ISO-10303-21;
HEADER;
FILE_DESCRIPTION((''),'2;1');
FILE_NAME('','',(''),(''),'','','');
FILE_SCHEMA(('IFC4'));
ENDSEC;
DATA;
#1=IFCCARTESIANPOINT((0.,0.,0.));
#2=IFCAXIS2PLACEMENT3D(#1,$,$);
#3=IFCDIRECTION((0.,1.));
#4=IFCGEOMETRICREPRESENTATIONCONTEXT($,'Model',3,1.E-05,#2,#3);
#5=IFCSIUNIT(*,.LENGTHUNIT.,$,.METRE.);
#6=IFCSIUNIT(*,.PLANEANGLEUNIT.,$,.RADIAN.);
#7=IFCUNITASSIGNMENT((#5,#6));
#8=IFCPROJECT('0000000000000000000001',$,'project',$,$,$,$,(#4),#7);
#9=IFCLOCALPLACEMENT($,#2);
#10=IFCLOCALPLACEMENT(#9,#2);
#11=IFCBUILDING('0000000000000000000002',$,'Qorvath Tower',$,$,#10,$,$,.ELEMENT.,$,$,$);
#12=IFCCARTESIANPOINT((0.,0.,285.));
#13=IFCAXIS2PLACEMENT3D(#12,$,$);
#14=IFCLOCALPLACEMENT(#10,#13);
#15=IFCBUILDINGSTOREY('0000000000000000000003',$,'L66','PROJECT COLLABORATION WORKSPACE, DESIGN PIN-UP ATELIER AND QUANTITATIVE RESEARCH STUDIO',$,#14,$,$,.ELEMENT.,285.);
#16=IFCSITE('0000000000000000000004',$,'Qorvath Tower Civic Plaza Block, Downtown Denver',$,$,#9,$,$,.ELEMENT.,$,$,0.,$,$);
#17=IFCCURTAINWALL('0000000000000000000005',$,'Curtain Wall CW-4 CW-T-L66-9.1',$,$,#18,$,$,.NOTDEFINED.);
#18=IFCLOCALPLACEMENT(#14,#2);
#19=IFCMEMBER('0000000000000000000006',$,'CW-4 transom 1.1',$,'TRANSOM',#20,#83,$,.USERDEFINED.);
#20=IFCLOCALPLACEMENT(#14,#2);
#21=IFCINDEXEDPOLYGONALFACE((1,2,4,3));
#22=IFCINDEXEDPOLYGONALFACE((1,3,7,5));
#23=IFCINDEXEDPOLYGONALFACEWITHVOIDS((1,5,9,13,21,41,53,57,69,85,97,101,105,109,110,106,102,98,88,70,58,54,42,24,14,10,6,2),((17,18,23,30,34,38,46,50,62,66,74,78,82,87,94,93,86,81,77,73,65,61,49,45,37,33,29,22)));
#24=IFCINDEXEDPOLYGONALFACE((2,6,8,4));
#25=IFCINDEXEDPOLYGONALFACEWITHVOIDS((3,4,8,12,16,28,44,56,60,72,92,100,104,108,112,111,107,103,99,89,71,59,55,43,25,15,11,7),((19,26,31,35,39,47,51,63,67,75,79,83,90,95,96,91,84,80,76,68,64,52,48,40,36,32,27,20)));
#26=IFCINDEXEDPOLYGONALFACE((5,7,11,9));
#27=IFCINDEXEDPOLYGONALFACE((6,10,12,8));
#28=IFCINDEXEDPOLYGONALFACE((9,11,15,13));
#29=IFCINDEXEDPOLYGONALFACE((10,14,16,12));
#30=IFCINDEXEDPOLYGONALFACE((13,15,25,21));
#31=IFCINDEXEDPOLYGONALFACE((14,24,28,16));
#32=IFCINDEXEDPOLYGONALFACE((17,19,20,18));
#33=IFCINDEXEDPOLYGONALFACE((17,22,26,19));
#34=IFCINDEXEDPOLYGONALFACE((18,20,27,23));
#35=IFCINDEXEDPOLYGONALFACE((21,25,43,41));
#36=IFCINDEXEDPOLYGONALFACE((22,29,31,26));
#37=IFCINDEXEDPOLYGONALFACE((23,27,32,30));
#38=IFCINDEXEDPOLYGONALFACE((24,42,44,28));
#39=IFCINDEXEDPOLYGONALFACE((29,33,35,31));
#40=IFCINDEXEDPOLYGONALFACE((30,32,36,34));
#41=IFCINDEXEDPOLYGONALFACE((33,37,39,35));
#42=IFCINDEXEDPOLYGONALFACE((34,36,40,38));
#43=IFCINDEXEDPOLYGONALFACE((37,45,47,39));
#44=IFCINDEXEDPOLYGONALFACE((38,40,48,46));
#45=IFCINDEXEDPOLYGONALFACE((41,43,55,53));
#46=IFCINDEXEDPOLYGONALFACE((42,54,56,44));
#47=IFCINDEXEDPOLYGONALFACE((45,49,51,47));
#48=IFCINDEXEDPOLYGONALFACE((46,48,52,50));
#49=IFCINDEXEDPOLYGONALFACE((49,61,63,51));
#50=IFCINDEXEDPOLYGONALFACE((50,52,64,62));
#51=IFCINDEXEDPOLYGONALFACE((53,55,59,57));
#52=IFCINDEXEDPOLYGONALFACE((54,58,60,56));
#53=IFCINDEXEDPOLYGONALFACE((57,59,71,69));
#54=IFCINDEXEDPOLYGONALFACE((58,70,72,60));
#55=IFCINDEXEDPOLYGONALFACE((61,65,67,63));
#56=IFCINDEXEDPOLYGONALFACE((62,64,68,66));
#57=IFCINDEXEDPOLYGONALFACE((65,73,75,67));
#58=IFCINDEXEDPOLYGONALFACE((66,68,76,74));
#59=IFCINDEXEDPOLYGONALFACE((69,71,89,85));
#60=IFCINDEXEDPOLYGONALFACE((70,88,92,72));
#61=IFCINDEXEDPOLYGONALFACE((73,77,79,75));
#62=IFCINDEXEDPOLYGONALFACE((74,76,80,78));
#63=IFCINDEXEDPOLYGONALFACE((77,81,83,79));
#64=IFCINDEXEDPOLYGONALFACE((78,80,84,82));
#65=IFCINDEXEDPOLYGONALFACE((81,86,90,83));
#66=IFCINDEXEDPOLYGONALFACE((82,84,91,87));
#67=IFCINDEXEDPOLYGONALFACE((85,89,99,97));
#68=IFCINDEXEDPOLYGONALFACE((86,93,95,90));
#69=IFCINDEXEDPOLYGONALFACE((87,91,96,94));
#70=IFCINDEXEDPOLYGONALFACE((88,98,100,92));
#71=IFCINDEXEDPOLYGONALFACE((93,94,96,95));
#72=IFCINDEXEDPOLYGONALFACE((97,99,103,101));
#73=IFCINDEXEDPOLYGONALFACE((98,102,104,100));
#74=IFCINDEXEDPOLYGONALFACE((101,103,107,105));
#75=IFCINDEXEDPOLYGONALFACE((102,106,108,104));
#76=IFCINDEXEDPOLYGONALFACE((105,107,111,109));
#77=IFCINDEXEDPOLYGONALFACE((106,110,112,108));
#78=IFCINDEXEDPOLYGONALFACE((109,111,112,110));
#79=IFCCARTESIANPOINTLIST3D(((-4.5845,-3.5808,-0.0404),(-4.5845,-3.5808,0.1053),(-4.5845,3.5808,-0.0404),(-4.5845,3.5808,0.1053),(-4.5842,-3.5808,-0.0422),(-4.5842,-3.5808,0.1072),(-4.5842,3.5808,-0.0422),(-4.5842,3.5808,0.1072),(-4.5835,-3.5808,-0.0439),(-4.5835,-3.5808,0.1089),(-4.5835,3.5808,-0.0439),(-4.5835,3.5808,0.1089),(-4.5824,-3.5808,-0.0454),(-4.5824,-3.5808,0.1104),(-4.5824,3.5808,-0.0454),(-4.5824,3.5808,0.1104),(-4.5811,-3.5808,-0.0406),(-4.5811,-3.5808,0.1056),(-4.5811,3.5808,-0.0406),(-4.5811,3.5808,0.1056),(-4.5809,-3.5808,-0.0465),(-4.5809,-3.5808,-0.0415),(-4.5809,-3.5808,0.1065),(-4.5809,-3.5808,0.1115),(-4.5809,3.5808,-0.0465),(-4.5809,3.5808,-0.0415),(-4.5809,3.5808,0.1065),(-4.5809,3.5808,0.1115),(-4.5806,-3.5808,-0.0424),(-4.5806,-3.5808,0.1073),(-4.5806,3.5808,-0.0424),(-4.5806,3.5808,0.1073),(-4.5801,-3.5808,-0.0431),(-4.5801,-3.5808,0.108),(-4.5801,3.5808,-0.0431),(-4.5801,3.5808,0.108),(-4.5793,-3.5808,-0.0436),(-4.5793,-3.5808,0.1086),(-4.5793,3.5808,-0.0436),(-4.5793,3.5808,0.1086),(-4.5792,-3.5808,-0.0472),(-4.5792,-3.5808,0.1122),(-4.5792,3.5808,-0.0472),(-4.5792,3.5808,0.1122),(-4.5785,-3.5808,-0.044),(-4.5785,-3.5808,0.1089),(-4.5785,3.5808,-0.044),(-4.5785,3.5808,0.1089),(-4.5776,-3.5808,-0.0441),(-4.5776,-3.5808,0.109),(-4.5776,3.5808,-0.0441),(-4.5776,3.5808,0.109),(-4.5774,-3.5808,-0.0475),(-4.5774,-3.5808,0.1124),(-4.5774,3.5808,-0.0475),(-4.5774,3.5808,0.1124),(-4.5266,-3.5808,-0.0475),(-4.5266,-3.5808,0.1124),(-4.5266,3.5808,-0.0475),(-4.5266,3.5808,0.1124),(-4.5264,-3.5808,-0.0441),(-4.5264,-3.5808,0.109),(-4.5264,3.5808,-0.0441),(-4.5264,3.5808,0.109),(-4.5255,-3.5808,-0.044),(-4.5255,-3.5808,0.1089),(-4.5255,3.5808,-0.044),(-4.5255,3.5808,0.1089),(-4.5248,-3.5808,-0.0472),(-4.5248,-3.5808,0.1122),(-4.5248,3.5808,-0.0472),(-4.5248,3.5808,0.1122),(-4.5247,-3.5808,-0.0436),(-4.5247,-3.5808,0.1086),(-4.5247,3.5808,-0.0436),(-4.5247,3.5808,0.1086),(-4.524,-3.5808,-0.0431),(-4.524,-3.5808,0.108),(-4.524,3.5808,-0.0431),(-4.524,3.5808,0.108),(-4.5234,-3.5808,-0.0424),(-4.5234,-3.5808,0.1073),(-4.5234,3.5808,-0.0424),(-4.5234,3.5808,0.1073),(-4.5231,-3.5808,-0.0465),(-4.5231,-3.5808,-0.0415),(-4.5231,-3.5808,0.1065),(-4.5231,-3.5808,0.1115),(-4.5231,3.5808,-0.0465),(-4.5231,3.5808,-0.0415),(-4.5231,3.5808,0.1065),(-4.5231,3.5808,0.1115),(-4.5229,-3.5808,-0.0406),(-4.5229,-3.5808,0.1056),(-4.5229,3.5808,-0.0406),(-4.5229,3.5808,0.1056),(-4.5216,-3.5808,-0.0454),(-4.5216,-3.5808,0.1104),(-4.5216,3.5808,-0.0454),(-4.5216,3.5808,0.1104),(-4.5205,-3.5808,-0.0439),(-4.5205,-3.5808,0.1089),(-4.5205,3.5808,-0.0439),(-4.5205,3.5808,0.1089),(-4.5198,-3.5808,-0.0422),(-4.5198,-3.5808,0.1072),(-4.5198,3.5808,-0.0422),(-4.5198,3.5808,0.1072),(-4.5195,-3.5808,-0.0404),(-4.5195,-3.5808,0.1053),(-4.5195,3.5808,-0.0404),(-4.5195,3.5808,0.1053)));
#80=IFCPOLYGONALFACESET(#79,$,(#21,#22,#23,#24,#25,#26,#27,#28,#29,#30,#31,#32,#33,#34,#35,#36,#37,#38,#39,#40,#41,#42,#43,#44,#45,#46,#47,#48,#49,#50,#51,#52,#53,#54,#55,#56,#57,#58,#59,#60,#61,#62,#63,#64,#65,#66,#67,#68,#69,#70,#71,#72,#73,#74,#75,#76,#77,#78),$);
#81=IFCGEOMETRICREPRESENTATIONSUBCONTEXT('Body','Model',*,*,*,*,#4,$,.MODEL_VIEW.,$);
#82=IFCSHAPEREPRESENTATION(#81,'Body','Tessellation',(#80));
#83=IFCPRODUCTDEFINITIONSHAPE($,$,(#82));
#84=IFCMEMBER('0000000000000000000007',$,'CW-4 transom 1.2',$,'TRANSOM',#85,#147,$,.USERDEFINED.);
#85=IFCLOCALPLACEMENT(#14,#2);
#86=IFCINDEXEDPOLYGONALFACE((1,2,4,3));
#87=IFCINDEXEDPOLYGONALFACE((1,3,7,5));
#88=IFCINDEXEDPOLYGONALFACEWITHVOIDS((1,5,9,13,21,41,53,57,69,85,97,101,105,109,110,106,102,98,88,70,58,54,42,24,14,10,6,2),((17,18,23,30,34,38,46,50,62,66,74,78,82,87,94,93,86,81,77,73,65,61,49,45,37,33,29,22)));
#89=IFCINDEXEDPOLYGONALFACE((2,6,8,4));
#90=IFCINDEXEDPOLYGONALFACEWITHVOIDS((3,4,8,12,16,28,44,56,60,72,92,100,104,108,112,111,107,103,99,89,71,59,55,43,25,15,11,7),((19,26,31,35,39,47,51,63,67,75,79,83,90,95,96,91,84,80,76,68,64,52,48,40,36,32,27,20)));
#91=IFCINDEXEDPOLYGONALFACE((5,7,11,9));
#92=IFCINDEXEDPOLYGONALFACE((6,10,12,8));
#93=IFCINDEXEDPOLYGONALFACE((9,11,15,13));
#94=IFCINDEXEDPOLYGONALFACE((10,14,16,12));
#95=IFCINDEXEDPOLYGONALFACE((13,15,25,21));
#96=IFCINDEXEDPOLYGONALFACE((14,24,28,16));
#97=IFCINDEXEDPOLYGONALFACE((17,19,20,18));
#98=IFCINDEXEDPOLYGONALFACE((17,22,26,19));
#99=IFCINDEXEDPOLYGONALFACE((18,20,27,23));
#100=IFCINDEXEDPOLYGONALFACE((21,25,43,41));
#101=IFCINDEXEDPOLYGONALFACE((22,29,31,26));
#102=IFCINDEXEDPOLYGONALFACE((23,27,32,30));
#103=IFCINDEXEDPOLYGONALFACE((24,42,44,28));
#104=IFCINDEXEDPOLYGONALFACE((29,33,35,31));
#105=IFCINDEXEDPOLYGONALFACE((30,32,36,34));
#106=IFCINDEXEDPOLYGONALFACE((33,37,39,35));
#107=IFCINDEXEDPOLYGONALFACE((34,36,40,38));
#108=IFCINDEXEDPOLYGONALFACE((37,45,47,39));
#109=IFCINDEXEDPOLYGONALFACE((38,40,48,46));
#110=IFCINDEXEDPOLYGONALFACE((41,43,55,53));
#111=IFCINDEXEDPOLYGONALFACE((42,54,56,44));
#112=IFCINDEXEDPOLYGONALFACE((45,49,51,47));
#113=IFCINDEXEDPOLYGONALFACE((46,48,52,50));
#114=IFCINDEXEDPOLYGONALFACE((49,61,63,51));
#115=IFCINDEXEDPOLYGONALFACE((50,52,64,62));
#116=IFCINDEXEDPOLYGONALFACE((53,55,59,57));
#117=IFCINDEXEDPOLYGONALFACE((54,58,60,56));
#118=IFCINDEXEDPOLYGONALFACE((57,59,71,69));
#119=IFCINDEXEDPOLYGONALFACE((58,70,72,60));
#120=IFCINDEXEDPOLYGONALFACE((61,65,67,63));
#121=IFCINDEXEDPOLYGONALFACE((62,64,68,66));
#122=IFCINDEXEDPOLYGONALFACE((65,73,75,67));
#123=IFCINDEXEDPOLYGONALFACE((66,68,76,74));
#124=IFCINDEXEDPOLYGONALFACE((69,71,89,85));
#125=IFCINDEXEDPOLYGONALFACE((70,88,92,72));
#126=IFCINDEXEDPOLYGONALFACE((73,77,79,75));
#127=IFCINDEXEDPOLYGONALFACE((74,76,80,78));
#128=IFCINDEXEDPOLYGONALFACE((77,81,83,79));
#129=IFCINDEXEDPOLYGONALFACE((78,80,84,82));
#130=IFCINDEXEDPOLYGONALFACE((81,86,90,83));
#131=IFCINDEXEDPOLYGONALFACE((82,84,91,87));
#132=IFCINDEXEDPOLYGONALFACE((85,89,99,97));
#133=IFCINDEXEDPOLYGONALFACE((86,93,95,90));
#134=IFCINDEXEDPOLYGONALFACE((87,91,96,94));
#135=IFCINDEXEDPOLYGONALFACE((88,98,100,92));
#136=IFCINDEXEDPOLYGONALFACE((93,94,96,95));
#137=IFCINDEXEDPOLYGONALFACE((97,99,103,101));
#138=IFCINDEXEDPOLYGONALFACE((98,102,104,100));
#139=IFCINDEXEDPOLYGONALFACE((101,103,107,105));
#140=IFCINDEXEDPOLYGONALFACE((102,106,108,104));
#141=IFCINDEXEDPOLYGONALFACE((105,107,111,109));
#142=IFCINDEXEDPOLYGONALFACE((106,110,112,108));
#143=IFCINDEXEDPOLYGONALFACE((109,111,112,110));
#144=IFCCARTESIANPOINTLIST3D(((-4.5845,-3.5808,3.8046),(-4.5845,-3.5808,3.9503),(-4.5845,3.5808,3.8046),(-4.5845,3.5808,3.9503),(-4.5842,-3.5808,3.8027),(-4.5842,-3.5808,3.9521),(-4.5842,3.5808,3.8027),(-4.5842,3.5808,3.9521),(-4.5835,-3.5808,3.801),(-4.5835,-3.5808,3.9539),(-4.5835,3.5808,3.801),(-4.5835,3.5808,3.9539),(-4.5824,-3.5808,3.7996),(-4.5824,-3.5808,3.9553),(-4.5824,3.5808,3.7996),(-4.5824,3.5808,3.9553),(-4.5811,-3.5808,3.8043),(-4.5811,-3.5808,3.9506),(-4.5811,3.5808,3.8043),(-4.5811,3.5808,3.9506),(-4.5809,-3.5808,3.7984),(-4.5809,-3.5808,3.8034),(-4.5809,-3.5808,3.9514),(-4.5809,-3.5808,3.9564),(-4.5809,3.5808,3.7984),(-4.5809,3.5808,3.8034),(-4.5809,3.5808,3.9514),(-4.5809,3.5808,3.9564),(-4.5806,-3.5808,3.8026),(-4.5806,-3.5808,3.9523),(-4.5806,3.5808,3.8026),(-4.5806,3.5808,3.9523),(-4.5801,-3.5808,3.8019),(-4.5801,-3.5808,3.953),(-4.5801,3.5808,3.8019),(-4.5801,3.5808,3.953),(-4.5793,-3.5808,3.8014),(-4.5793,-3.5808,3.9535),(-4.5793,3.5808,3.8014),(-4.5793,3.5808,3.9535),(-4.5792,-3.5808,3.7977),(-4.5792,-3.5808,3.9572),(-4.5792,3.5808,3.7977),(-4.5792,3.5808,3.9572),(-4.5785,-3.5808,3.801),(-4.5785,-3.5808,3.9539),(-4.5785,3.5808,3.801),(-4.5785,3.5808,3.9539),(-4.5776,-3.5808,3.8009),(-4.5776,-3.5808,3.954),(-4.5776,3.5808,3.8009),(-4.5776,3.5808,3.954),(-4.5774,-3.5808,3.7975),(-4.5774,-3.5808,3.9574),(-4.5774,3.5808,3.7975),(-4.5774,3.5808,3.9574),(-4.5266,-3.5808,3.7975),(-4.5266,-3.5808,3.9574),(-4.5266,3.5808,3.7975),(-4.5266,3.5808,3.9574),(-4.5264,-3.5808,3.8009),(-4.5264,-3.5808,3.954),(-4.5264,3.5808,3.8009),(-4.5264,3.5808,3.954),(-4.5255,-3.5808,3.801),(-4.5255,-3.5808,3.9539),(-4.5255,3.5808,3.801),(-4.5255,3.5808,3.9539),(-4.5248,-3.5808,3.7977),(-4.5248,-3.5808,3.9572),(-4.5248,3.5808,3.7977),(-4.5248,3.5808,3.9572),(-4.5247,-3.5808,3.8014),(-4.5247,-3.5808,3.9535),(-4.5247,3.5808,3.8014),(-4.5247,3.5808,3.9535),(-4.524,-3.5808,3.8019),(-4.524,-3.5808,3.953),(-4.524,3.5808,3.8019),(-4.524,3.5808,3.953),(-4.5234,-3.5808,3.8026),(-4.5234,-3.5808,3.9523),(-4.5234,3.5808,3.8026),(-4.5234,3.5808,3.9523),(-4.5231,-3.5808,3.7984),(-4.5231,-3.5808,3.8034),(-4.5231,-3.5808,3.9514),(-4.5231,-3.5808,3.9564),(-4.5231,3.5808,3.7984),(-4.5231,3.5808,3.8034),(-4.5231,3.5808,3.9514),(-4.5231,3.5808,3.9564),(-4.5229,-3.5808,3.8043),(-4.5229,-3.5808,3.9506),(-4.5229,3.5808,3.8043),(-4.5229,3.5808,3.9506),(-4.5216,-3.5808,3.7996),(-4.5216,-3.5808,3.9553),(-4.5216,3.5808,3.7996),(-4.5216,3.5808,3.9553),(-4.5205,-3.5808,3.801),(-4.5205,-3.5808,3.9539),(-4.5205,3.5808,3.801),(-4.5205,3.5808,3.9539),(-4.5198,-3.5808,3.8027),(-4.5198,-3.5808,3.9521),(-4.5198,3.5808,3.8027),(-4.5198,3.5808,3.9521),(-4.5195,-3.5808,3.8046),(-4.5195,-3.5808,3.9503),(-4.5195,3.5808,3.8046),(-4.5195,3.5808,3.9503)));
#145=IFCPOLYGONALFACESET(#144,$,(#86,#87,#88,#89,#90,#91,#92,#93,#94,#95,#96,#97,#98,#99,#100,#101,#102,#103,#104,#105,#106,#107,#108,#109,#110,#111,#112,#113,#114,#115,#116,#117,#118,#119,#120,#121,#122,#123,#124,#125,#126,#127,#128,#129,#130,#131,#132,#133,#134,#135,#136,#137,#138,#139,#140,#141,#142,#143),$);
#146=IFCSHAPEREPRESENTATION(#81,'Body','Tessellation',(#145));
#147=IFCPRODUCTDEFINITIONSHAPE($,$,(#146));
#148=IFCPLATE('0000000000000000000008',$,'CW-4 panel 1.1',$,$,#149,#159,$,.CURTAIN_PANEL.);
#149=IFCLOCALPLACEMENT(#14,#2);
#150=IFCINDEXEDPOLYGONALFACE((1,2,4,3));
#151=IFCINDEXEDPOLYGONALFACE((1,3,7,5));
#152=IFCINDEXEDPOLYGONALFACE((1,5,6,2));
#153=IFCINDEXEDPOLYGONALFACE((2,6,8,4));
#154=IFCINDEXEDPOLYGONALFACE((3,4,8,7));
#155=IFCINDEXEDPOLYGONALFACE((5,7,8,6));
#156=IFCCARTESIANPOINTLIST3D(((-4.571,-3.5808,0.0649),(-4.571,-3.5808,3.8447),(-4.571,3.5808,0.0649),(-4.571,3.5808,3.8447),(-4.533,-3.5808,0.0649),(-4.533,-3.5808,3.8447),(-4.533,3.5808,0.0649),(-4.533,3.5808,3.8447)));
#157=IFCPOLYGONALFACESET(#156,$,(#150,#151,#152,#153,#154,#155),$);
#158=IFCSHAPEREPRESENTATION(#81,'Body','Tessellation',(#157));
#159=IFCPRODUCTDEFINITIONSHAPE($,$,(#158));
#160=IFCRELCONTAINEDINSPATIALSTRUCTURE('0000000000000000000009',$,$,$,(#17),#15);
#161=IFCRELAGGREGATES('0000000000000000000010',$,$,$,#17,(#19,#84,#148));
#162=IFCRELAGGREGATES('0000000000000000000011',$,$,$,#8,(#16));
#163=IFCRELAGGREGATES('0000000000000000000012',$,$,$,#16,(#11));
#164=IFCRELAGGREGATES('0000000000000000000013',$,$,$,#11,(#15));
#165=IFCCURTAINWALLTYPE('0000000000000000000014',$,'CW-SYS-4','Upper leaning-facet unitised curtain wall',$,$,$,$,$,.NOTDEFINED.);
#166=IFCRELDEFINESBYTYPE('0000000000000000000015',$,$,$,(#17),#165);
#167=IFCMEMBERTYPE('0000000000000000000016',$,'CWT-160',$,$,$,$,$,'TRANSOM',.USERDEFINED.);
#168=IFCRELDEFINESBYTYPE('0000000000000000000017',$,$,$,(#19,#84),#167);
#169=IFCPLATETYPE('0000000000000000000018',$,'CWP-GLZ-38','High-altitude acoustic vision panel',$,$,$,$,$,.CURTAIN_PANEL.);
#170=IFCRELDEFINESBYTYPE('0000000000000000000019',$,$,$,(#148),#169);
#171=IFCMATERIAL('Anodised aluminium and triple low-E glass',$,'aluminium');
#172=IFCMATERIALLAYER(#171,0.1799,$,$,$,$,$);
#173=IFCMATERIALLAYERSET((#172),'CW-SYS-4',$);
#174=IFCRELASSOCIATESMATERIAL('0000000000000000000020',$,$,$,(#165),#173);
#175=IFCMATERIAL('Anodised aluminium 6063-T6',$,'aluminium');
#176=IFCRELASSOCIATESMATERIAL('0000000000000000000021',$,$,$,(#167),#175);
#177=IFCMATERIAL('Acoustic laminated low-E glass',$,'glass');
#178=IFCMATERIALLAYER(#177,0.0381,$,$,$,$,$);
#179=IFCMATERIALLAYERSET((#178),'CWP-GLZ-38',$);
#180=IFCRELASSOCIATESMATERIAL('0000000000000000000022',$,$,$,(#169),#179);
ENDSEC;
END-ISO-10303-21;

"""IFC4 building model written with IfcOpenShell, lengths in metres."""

from ifc_helpers import new_model, si_unit, direction, frame, origin, origin_2d, place, context, subcontext, project, spatial, rectangle, hollow_rectangle, extrude, material, layer, layer_set, material_profile, profile_set, type_object, element, aggregate, save


model = new_model("IFC4")

# Units and contexts
model_context = context("Model", 3, precision=1e-05, world=origin(), true_north=direction((0.0, 1.0)))
body_context = subcontext(model_context, "Body", "Model", "MODEL_VIEW")
ifc_project = project(units=[si_unit("LENGTHUNIT", "METRE"), si_unit("PLANEANGLEUNIT", "RADIAN")], contexts=[model_context])

# Site, building, storey
site_placement = place(None, origin())
site = spatial("IfcSite", under=ifc_project, at=site_placement, Name="Qorvath Tower Civic Plaza Block, Downtown Denver", CompositionType="ELEMENT", RefElevation=0.0)
building_placement = place(site_placement, origin())
building = spatial("IfcBuilding", under=site, at=building_placement, Name="Qorvath Tower", CompositionType="ELEMENT")
storey_placement = place(building_placement, frame((0.0, 0.0, 285.0)))
storey = spatial("IfcBuildingStorey", under=building, at=storey_placement, Name="L66", Description="PROJECT COLLABORATION WORKSPACE, DESIGN PIN-UP ATELIER AND QUANTITATIVE RESEARCH STUDIO", CompositionType="ELEMENT", Elevation=285.0)

# Shared definitions
ifc_material_1 = material(Name="Anodised aluminium and triple low-E glass", Category="aluminium")
ifc_layer_1 = layer(ifc_material_1, 0.1799)
ifc_layer_set_1 = layer_set([ifc_layer_1], Name="CW-SYS-4")
curtain_wall_type = type_object("IfcCurtainWallType", Name="CW-SYS-4", Description="Upper leaning-facet unitised curtain wall", PredefinedType="NOTDEFINED", material=ifc_layer_set_1)

# Curtain wall, members, plate
curtain_wall_1_placement = place(storey_placement, origin())
curtain_wall_1 = element("IfcCurtainWall", 1, at=curtain_wall_1_placement, inside=storey, type_object=curtain_wall_type, Name="Curtain Wall CW-4 CW-T-L66-9.1", PredefinedType="NOTDEFINED")
ifc_material_2 = material(Name="Anodised aluminium 6063-T6", Category="aluminium")
ifc_material_profile_1 = material_profile(ifc_material_2, hollow_rectangle(XDim=0.0649, YDim=0.1599, WallThickness=0.0034, InnerFilletRadius=0.0034, OuterFilletRadius=0.0071, at=origin_2d()), Name="CWT 160x65")
ifc_profile_set_1 = profile_set([ifc_material_profile_1], Name="Anodised aluminium 6063-T6")
member_type_1 = type_object("IfcMemberType", Name="CWT-160", ElementType="TRANSOM", PredefinedType="USERDEFINED", material=ifc_profile_set_1)
member_1_placement = place(storey_placement, frame((-4.552, -3.5808, 0.0325), z_axis=(0.0, 1.0, 0.0), x_axis=(-1.0, 0.0, 0.0)))
member_1 = element("IfcMember", 2, at=member_1_placement, type_object=member_type_1, Name="CW-4 transom 1.1", ObjectType="TRANSOM", PredefinedType="USERDEFINED", context=body_context, shape_type="SweptSolid", body=[
    extrude(hollow_rectangle(XDim=0.0649, YDim=0.1599, WallThickness=0.0034, InnerFilletRadius=0.0034, OuterFilletRadius=0.0071, at=origin_2d()), origin(), (0.0, 0.0, 1.0), 7.1616),
])
member_2_placement = place(storey_placement, frame((-4.552, -3.5808, 3.8774), z_axis=(0.0, 1.0, 0.0), x_axis=(-1.0, 0.0, 0.0)))
member_2 = element("IfcMember", 3, at=member_2_placement, type_object=member_type_1, Name="CW-4 transom 1.2", ObjectType="TRANSOM", PredefinedType="USERDEFINED", context=body_context, shape_type="SweptSolid", body=[
    extrude(hollow_rectangle(XDim=0.0649, YDim=0.1599, WallThickness=0.0034, InnerFilletRadius=0.0034, OuterFilletRadius=0.0071, at=origin_2d()), origin(), (0.0, 0.0, 1.0), 7.1616),
])
ifc_material_3 = material(Name="Acoustic laminated low-E glass", Category="glass")
ifc_layer_2 = layer(ifc_material_3, 0.0381)
ifc_layer_set_2 = layer_set([ifc_layer_2], Name="CWP-GLZ-38")
plate_type = type_object("IfcPlateType", Name="CWP-GLZ-38", Description="High-altitude acoustic vision panel", PredefinedType="CURTAIN_PANEL", material=ifc_layer_set_2)
plate_placement = place(storey_placement, frame((-4.552, 0.0, 0.0649), z_axis=(0.0, 0.0, 1.0), x_axis=(0.0, 1.0, 0.0)))
plate = element("IfcPlate", 4, at=plate_placement, type_object=plate_type, Name="CW-4 panel 1.1", PredefinedType="CURTAIN_PANEL", context=body_context, shape_type="SweptSolid", body=[
    extrude(rectangle(XDim=7.1616, YDim=0.0381, at=origin_2d()), origin(), (0.0, 0.0, 1.0), 3.7798),
])
aggregate(curtain_wall_1, [member_1, member_2, plate])

save(model, "model.ifc")
